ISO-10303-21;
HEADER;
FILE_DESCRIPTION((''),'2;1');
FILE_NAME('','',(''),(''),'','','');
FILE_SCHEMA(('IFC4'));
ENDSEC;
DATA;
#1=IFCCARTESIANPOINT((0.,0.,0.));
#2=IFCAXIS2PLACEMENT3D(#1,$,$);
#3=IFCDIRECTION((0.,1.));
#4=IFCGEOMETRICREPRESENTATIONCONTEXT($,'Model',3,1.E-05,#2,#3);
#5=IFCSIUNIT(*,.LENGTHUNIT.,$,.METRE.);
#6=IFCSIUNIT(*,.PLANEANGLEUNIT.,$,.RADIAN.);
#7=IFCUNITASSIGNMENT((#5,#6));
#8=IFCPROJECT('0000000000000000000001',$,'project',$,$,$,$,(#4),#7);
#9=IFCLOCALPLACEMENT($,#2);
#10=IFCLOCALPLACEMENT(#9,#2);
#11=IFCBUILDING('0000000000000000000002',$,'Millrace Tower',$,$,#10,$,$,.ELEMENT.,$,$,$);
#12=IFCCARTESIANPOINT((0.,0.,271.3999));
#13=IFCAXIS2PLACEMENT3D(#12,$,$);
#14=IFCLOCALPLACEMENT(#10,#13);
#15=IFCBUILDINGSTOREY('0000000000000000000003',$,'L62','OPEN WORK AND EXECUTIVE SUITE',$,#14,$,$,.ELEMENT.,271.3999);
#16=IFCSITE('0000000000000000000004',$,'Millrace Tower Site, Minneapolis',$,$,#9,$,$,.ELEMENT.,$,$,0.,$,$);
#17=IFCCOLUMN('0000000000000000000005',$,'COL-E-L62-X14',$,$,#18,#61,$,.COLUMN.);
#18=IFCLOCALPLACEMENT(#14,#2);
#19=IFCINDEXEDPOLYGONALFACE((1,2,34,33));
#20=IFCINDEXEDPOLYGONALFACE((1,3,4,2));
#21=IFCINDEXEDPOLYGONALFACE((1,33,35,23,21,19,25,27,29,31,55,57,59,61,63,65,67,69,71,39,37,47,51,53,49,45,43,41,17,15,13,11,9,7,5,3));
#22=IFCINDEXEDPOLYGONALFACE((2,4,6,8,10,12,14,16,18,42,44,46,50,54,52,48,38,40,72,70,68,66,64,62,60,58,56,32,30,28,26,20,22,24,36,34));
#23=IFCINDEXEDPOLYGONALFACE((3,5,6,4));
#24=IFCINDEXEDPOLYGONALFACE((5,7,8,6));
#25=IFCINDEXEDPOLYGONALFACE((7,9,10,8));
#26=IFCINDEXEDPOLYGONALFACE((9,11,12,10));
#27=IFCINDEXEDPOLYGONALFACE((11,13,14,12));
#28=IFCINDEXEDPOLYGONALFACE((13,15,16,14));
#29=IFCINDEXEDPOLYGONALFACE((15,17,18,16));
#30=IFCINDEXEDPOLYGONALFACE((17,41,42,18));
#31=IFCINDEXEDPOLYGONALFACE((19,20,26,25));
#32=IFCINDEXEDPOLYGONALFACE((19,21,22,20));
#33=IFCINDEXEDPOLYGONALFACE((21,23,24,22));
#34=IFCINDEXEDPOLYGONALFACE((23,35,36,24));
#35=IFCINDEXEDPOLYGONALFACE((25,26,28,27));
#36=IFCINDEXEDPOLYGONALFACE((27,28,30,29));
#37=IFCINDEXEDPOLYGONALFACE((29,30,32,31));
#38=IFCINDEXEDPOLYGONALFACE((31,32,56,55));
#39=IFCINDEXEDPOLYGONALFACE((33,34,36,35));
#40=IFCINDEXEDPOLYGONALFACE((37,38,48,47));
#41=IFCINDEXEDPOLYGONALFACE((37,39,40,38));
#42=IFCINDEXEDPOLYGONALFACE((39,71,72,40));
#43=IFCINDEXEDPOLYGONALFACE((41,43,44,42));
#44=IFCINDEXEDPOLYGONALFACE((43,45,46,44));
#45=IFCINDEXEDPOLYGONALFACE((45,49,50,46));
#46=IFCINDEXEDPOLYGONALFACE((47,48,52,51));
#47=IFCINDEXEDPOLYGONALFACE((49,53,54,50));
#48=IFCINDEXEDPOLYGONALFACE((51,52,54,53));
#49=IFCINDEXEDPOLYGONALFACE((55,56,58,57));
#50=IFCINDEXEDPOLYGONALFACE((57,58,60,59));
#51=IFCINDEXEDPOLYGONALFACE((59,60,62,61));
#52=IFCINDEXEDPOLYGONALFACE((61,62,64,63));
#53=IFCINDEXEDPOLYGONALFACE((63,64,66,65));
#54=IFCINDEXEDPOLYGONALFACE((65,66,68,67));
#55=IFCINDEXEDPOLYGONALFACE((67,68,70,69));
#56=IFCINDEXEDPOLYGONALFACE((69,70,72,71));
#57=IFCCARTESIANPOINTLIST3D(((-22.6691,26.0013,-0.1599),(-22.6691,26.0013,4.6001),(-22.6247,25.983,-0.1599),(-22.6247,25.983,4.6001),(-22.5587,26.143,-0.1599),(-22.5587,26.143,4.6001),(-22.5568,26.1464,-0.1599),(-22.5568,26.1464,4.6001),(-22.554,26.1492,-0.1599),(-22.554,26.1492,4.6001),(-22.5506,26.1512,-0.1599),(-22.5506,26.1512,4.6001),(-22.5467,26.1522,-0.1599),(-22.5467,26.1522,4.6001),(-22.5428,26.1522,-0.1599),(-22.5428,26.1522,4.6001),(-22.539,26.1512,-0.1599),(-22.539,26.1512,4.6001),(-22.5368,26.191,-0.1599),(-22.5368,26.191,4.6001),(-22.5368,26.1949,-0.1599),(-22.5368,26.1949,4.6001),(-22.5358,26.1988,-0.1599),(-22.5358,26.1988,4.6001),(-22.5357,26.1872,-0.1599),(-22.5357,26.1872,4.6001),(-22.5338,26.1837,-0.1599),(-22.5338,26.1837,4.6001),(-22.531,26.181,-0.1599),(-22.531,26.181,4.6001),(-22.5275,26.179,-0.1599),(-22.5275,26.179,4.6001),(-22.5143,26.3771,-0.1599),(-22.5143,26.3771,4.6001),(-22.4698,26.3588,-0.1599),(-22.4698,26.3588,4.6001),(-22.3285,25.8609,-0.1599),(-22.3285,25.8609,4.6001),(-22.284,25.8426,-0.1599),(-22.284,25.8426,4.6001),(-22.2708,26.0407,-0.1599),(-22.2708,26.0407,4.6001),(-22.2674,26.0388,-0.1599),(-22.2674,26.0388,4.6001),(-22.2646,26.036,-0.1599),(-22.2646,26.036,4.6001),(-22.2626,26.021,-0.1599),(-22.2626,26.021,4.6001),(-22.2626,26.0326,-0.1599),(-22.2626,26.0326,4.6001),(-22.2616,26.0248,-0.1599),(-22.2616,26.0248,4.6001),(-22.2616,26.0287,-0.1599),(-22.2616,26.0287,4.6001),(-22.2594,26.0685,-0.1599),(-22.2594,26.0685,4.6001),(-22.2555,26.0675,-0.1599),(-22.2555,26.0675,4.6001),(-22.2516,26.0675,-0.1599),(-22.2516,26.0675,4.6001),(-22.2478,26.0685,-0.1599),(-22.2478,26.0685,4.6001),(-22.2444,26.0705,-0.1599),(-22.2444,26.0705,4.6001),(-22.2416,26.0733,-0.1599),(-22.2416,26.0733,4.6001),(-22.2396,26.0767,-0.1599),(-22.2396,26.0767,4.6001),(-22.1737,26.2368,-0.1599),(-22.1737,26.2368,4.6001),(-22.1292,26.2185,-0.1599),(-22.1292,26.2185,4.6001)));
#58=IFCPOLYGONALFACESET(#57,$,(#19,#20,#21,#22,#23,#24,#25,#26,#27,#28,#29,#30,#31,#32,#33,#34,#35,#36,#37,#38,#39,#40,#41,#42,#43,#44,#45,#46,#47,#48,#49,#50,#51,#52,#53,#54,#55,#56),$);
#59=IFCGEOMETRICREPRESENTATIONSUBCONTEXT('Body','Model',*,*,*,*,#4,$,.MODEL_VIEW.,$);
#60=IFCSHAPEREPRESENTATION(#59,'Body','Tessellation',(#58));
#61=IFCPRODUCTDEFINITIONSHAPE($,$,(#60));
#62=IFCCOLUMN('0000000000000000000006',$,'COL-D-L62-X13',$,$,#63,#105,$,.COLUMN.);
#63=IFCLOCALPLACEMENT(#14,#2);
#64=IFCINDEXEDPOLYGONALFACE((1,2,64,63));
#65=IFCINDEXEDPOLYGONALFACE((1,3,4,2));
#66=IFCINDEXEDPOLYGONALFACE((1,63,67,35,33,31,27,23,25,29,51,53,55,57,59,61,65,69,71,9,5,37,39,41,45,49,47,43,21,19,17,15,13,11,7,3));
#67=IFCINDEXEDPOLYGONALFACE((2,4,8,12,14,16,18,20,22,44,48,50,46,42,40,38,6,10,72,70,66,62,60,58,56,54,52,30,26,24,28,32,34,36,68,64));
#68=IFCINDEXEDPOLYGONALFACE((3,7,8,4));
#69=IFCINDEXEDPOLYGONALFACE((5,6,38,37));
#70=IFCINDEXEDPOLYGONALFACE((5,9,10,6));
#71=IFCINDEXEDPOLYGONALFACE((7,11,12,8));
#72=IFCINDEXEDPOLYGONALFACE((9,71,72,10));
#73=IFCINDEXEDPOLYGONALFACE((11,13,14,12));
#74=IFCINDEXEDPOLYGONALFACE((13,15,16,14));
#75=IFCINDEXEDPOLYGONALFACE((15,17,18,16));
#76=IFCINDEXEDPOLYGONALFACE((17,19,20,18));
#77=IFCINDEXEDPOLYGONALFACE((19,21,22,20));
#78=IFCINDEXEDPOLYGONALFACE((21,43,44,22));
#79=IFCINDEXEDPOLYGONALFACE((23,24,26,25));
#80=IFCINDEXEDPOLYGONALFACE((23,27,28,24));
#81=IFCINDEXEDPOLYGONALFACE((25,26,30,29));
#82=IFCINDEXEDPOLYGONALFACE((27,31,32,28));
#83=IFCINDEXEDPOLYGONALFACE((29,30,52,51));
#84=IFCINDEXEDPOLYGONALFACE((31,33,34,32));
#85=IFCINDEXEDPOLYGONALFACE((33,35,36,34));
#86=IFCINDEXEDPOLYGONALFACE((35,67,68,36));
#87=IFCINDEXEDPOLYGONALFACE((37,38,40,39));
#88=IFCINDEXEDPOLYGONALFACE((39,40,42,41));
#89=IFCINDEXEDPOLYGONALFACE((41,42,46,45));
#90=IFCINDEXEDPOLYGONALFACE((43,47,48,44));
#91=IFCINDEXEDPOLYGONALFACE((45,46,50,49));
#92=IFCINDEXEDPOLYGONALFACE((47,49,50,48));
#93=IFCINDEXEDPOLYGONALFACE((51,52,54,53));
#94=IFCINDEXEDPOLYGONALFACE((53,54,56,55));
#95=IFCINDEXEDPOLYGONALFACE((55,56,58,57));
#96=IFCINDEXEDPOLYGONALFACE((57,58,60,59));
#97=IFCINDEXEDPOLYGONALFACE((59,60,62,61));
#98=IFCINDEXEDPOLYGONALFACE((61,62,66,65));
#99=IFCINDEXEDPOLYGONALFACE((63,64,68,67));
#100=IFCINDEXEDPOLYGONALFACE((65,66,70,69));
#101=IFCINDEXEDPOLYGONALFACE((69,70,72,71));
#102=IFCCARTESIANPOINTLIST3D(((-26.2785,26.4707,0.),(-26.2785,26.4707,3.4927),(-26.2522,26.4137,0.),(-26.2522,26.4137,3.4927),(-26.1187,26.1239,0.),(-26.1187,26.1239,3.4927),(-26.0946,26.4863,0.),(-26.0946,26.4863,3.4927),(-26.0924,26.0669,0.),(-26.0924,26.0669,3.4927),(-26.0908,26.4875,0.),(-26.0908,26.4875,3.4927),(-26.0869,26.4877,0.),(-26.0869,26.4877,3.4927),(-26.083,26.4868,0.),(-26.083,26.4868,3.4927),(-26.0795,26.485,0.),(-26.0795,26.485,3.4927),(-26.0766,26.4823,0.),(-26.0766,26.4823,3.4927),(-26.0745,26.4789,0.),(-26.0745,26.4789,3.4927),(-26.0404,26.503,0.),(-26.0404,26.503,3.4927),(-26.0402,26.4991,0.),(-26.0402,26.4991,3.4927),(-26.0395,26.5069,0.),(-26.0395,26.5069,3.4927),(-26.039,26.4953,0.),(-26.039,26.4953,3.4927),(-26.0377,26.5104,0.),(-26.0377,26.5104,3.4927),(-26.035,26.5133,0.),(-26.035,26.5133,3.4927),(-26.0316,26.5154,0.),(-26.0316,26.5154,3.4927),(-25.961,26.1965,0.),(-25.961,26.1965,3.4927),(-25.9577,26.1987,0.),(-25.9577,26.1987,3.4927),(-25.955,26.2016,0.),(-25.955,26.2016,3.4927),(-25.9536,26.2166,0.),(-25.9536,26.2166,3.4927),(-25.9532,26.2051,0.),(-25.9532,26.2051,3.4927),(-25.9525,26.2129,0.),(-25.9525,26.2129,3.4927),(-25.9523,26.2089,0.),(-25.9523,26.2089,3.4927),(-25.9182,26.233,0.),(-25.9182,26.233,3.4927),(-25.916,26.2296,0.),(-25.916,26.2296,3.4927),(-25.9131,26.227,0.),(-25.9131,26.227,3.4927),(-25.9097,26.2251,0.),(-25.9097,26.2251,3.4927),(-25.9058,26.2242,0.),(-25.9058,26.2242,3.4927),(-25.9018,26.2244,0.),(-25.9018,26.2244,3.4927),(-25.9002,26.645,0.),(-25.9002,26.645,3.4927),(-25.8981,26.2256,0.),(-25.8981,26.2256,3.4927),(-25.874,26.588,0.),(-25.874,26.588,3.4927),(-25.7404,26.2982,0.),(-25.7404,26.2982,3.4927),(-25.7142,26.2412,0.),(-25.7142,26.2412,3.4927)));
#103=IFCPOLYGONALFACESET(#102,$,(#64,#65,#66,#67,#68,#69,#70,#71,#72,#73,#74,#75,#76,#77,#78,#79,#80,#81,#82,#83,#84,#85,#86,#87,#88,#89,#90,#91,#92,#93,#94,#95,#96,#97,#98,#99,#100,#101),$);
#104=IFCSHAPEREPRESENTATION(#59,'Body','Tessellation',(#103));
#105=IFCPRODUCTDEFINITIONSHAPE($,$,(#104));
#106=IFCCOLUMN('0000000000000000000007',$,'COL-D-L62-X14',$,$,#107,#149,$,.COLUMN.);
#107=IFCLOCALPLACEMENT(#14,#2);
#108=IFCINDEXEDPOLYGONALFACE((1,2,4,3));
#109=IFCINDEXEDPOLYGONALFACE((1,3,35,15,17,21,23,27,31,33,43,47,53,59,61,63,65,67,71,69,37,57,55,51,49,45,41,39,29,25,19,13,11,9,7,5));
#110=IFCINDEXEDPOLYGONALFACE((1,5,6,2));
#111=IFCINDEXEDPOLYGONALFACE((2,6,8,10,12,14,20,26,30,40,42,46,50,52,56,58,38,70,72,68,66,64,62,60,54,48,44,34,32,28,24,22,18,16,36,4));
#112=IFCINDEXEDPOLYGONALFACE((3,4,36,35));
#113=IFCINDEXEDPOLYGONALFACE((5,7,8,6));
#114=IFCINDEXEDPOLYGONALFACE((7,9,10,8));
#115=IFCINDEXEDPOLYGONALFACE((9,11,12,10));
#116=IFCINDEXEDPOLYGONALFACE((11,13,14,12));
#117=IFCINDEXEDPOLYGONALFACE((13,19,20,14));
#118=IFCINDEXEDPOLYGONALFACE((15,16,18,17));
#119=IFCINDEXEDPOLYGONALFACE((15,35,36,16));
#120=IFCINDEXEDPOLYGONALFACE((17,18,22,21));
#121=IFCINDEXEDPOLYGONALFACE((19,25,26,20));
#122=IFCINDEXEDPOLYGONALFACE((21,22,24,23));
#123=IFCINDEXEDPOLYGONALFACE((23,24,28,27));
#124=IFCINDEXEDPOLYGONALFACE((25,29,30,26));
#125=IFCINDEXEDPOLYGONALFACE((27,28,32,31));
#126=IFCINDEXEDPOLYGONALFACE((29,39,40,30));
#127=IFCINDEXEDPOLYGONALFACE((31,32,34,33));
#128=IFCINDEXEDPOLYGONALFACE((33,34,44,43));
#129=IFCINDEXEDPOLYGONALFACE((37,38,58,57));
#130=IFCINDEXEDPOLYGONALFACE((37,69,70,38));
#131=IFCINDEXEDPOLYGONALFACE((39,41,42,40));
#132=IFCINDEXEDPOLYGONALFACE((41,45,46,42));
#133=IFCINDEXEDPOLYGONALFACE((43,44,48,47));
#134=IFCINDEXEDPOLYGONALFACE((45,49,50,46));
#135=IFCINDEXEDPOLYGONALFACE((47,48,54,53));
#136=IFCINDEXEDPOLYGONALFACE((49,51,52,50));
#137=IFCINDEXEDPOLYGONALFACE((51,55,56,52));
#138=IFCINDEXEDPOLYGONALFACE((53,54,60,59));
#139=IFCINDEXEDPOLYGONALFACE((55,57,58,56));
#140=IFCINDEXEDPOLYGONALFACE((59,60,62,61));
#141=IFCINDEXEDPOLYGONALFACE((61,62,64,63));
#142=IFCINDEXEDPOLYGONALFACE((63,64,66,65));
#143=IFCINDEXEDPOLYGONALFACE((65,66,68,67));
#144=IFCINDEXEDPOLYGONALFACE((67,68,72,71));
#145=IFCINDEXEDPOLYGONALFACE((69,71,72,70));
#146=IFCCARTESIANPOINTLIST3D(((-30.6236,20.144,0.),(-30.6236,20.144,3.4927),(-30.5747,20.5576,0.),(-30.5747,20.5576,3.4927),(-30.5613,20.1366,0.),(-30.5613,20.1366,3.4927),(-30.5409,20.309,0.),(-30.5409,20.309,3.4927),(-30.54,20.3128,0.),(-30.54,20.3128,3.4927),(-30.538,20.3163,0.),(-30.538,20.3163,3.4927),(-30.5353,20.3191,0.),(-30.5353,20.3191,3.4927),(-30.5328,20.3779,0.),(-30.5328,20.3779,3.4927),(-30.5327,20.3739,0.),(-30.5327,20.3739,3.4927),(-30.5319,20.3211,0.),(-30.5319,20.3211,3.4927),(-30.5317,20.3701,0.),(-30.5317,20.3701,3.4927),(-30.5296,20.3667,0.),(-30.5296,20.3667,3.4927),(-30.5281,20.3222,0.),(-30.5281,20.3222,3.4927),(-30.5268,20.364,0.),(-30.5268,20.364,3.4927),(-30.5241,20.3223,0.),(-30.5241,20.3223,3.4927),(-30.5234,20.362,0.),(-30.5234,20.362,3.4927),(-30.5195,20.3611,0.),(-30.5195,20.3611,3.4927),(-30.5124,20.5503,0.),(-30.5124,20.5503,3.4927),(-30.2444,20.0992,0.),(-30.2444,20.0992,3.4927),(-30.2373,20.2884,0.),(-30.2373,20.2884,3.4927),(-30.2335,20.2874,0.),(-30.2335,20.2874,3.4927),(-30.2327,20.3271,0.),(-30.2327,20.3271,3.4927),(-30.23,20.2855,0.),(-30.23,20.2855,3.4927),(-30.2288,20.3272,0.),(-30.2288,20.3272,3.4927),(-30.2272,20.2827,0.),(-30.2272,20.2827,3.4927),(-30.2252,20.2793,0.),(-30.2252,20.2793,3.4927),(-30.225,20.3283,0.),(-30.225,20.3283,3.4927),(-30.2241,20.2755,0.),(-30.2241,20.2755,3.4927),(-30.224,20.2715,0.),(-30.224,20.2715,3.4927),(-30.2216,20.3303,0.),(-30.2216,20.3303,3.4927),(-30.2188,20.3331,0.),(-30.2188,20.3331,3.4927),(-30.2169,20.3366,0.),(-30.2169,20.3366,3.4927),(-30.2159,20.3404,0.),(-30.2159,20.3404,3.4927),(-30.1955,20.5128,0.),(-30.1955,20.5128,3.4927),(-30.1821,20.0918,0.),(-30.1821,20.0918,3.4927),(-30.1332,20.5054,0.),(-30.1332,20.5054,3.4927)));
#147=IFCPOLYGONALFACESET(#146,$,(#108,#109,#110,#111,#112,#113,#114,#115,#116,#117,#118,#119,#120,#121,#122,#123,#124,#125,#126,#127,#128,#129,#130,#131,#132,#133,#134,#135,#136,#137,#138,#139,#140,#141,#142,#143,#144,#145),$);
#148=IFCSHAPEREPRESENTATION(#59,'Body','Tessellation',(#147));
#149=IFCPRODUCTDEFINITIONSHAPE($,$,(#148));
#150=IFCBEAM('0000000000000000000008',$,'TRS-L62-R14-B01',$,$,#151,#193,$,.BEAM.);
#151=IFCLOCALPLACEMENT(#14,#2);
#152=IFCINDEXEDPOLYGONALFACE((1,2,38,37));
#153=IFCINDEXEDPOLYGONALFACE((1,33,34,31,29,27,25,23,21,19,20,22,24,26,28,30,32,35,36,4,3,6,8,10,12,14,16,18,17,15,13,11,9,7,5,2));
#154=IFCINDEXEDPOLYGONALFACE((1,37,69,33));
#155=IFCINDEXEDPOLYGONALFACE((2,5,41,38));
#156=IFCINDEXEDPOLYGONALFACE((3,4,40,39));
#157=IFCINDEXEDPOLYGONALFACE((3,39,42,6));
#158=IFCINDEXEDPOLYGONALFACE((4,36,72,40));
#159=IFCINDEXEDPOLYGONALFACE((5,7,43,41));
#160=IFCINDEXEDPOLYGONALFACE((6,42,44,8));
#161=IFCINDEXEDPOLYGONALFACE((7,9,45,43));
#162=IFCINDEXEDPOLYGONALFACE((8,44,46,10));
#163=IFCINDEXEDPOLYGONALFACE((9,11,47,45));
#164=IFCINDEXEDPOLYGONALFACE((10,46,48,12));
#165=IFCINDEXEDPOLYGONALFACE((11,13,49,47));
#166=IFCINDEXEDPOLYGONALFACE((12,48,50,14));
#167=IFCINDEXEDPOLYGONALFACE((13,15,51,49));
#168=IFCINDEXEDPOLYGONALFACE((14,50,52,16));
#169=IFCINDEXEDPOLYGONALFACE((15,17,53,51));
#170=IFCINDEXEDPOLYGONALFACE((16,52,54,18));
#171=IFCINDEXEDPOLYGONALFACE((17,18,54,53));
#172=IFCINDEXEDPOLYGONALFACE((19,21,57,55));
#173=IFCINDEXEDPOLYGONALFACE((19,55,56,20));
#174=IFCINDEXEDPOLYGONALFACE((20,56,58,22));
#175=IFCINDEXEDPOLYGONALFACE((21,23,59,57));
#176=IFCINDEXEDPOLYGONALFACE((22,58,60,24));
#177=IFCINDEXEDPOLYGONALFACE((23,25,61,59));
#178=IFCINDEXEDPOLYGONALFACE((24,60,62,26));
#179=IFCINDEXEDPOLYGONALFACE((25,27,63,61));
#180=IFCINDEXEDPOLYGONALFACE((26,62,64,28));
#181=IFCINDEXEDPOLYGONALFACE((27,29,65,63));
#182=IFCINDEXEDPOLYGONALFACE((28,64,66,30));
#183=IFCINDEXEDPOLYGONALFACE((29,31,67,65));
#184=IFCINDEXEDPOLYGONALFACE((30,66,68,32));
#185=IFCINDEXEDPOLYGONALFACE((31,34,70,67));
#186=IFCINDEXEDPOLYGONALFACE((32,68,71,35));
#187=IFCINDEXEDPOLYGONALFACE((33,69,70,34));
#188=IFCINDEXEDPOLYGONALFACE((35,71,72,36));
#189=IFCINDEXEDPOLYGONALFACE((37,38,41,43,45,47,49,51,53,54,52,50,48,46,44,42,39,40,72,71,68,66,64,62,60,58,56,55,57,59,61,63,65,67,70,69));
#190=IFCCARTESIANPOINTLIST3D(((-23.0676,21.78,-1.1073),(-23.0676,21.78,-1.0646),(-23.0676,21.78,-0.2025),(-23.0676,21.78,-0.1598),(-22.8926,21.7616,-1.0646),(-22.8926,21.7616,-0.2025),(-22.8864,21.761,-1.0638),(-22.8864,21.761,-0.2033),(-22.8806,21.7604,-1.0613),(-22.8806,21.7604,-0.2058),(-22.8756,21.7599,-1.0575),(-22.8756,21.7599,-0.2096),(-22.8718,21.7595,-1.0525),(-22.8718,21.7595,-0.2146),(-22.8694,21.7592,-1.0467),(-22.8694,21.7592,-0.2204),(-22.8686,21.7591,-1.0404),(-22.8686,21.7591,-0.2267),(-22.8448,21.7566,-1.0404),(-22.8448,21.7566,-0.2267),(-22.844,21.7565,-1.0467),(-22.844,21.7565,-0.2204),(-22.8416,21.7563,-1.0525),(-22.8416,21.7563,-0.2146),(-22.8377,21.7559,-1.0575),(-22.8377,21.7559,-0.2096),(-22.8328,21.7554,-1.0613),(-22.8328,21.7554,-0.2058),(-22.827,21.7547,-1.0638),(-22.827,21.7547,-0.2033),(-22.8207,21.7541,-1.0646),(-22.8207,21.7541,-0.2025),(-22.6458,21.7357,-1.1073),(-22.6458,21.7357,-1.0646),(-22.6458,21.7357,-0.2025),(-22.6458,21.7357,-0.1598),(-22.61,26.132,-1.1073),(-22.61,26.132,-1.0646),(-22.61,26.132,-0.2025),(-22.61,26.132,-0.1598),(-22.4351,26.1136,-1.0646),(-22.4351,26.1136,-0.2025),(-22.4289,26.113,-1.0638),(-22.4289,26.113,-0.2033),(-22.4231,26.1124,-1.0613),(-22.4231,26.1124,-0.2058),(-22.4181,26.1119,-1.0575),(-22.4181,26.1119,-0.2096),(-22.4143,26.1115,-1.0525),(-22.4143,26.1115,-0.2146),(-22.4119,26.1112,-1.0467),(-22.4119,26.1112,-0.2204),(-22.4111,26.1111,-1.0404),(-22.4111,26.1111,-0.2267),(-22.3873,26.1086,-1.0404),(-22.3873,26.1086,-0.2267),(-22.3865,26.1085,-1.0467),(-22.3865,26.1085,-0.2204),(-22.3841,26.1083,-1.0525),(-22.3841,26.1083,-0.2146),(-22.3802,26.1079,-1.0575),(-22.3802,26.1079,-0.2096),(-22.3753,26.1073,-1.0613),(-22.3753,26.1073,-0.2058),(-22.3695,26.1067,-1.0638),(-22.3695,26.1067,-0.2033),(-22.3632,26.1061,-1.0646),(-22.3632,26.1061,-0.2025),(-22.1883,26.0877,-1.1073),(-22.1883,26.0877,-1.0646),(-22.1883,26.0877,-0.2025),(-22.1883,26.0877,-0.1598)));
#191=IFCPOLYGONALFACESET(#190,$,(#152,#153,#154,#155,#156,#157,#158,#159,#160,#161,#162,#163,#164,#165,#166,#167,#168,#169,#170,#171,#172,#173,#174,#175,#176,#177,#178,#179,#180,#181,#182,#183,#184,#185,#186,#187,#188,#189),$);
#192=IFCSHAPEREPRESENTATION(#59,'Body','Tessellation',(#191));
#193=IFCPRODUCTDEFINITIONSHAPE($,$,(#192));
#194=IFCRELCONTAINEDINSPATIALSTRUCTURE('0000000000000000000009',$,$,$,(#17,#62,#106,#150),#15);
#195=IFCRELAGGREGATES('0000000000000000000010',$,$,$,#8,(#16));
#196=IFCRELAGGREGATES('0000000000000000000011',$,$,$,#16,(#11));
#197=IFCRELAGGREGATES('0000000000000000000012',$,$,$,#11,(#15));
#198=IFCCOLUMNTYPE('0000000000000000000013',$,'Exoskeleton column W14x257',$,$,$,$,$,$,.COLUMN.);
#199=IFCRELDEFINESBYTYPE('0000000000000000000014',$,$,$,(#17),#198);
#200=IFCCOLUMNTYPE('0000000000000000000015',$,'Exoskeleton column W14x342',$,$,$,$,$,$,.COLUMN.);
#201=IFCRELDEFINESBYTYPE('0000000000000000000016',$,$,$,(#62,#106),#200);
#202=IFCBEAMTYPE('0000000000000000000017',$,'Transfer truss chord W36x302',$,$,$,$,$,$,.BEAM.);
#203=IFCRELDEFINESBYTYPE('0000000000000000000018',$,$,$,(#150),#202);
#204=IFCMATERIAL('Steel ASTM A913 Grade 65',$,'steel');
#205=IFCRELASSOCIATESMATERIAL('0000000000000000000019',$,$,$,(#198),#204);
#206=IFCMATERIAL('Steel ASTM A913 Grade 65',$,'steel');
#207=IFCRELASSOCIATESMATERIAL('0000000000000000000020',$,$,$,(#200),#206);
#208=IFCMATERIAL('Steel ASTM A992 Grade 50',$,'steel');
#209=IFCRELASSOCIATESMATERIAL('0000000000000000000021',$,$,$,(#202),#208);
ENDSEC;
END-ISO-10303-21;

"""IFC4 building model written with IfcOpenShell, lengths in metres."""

from ifc_helpers import new_model, si_unit, direction, frame, origin, origin_2d, place, context, subcontext, project, spatial, i_section, extrude, material, material_profile, profile_set, type_object, element, save


model = new_model("IFC4")

# Units and contexts
model_context = context("Model", 3, precision=1e-05, world=origin(), true_north=direction((0.0, 1.0)))
body_context = subcontext(model_context, "Body", "Model", "MODEL_VIEW")
ifc_project = project(units=[si_unit("LENGTHUNIT", "METRE"), si_unit("PLANEANGLEUNIT", "RADIAN")], contexts=[model_context])

# Site, building, storey
site_placement = place(None, origin())
site = spatial("IfcSite", under=ifc_project, at=site_placement, Name="Millrace Tower Site, Minneapolis", CompositionType="ELEMENT", RefElevation=0.0)
building_placement = place(site_placement, origin())
building = spatial("IfcBuilding", under=site, at=building_placement, Name="Millrace Tower", CompositionType="ELEMENT")
storey_placement = place(building_placement, frame((0.0, 0.0, 271.3999)))
storey = spatial("IfcBuildingStorey", under=building, at=storey_placement, Name="L62", Description="OPEN WORK AND EXECUTIVE SUITE", CompositionType="ELEMENT", Elevation=271.3999)

# Columns
ifc_material_1 = material(Name="Steel ASTM A913 Grade 65", Category="steel")
ifc_material_profile_1 = material_profile(ifc_material_1, i_section(OverallWidth=0.4065, OverallDepth=0.4165, WebThickness=0.03, FlangeThickness=0.0481, FilletRadius=0.0151, at=origin_2d()))
ifc_profile_set_1 = profile_set([ifc_material_profile_1], Name="Steel ASTM A913 Grade 65")
column_type_1 = type_object("IfcColumnType", Name="Exoskeleton column W14x257", PredefinedType="COLUMN", material=ifc_profile_set_1)
column_placement = place(storey_placement, frame((-22.3992, 26.1099, -0.1599), z_axis=(0.0, 0.0, 1.0), x_axis=(-0.380947, -0.924597, 0.0)))
element("IfcColumn", 1, at=column_placement, inside=storey, type_object=column_type_1, Name="COL-E-L62-X14", PredefinedType="COLUMN", context=body_context, shape_type="SweptSolid", body=[
    extrude(i_section(OverallWidth=0.4065, OverallDepth=0.4165, WebThickness=0.03, FlangeThickness=0.0481, FilletRadius=0.0151, at=origin_2d()), origin(), (0.0, 0.0, 1.0), 4.76),
])
ifc_material_2 = material(Name="Steel ASTM A913 Grade 65", Category="steel")
ifc_material_profile_2 = material_profile(ifc_material_2, i_section(OverallWidth=0.4165, OverallDepth=0.4446, WebThickness=0.0391, FlangeThickness=0.0627, FilletRadius=0.0151, at=origin_2d()))
ifc_profile_set_2 = profile_set([ifc_material_profile_2], Name="Steel ASTM A913 Grade 65")
column_type_2 = type_object("IfcColumnType", Name="Exoskeleton column W14x342", PredefinedType="COLUMN", material=ifc_profile_set_2)
for number, where, z_axis, x_axis, name in (
    (2, (-25.9963, 26.356, 0.0), (0.0, 0.0, 1.0), (-0.908192, -0.418553, 0.0), "COL-D-L62-X13"),
    (3, (-30.3784, 20.3247, 0.0), (0.0, 0.0, 1.0), (-0.117421, -0.993082, 0.0), "COL-D-L62-X14"),
):
    element("IfcColumn", number, at=place(storey_placement, frame(where, z_axis=z_axis, x_axis=x_axis)), inside=storey, type_object=column_type_2, Name=name, PredefinedType="COLUMN", context=body_context, shape_type="SweptSolid", body=[
        extrude(i_section(OverallWidth=0.4165, OverallDepth=0.4446, WebThickness=0.0391, FlangeThickness=0.0627, FilletRadius=0.0151, at=origin_2d()), origin(), (0.0, 0.0, 1.0), 3.4927),
    ])

# Beam
ifc_material_3 = material(Name="Steel ASTM A992 Grade 50", Category="steel")
ifc_material_profile_3 = material_profile(ifc_material_3, i_section(OverallWidth=0.4241, OverallDepth=0.9475, WebThickness=0.0239, FlangeThickness=0.0427, FilletRadius=0.0242, at=origin_2d()))
ifc_profile_set_3 = profile_set([ifc_material_profile_3], Name="Steel ASTM A992 Grade 50")
beam_type = type_object("IfcBeamType", Name="Transfer truss chord W36x302", PredefinedType="BEAM", material=ifc_profile_set_3)
for number, where, z_axis, x_axis, name in (
    (4, (-22.3992, 26.1099, -0.6335), (-0.104551, -0.99452, 0.0), (0.99452, -0.104551, 0.0), "TRS-L62-R14-B01"),
):
    element("IfcBeam", number, at=place(storey_placement, frame(where, z_axis=z_axis, x_axis=x_axis)), inside=storey, type_object=beam_type, Name=name, PredefinedType="BEAM", context=body_context, shape_type="SweptSolid", body=[
        extrude(i_section(OverallWidth=0.4241, OverallDepth=0.9475, WebThickness=0.0239, FlangeThickness=0.0427, FilletRadius=0.0242, at=origin_2d()), origin(), (0.0, 0.0, 1.0), 4.376),
    ])

save(model, "model.ifc")
